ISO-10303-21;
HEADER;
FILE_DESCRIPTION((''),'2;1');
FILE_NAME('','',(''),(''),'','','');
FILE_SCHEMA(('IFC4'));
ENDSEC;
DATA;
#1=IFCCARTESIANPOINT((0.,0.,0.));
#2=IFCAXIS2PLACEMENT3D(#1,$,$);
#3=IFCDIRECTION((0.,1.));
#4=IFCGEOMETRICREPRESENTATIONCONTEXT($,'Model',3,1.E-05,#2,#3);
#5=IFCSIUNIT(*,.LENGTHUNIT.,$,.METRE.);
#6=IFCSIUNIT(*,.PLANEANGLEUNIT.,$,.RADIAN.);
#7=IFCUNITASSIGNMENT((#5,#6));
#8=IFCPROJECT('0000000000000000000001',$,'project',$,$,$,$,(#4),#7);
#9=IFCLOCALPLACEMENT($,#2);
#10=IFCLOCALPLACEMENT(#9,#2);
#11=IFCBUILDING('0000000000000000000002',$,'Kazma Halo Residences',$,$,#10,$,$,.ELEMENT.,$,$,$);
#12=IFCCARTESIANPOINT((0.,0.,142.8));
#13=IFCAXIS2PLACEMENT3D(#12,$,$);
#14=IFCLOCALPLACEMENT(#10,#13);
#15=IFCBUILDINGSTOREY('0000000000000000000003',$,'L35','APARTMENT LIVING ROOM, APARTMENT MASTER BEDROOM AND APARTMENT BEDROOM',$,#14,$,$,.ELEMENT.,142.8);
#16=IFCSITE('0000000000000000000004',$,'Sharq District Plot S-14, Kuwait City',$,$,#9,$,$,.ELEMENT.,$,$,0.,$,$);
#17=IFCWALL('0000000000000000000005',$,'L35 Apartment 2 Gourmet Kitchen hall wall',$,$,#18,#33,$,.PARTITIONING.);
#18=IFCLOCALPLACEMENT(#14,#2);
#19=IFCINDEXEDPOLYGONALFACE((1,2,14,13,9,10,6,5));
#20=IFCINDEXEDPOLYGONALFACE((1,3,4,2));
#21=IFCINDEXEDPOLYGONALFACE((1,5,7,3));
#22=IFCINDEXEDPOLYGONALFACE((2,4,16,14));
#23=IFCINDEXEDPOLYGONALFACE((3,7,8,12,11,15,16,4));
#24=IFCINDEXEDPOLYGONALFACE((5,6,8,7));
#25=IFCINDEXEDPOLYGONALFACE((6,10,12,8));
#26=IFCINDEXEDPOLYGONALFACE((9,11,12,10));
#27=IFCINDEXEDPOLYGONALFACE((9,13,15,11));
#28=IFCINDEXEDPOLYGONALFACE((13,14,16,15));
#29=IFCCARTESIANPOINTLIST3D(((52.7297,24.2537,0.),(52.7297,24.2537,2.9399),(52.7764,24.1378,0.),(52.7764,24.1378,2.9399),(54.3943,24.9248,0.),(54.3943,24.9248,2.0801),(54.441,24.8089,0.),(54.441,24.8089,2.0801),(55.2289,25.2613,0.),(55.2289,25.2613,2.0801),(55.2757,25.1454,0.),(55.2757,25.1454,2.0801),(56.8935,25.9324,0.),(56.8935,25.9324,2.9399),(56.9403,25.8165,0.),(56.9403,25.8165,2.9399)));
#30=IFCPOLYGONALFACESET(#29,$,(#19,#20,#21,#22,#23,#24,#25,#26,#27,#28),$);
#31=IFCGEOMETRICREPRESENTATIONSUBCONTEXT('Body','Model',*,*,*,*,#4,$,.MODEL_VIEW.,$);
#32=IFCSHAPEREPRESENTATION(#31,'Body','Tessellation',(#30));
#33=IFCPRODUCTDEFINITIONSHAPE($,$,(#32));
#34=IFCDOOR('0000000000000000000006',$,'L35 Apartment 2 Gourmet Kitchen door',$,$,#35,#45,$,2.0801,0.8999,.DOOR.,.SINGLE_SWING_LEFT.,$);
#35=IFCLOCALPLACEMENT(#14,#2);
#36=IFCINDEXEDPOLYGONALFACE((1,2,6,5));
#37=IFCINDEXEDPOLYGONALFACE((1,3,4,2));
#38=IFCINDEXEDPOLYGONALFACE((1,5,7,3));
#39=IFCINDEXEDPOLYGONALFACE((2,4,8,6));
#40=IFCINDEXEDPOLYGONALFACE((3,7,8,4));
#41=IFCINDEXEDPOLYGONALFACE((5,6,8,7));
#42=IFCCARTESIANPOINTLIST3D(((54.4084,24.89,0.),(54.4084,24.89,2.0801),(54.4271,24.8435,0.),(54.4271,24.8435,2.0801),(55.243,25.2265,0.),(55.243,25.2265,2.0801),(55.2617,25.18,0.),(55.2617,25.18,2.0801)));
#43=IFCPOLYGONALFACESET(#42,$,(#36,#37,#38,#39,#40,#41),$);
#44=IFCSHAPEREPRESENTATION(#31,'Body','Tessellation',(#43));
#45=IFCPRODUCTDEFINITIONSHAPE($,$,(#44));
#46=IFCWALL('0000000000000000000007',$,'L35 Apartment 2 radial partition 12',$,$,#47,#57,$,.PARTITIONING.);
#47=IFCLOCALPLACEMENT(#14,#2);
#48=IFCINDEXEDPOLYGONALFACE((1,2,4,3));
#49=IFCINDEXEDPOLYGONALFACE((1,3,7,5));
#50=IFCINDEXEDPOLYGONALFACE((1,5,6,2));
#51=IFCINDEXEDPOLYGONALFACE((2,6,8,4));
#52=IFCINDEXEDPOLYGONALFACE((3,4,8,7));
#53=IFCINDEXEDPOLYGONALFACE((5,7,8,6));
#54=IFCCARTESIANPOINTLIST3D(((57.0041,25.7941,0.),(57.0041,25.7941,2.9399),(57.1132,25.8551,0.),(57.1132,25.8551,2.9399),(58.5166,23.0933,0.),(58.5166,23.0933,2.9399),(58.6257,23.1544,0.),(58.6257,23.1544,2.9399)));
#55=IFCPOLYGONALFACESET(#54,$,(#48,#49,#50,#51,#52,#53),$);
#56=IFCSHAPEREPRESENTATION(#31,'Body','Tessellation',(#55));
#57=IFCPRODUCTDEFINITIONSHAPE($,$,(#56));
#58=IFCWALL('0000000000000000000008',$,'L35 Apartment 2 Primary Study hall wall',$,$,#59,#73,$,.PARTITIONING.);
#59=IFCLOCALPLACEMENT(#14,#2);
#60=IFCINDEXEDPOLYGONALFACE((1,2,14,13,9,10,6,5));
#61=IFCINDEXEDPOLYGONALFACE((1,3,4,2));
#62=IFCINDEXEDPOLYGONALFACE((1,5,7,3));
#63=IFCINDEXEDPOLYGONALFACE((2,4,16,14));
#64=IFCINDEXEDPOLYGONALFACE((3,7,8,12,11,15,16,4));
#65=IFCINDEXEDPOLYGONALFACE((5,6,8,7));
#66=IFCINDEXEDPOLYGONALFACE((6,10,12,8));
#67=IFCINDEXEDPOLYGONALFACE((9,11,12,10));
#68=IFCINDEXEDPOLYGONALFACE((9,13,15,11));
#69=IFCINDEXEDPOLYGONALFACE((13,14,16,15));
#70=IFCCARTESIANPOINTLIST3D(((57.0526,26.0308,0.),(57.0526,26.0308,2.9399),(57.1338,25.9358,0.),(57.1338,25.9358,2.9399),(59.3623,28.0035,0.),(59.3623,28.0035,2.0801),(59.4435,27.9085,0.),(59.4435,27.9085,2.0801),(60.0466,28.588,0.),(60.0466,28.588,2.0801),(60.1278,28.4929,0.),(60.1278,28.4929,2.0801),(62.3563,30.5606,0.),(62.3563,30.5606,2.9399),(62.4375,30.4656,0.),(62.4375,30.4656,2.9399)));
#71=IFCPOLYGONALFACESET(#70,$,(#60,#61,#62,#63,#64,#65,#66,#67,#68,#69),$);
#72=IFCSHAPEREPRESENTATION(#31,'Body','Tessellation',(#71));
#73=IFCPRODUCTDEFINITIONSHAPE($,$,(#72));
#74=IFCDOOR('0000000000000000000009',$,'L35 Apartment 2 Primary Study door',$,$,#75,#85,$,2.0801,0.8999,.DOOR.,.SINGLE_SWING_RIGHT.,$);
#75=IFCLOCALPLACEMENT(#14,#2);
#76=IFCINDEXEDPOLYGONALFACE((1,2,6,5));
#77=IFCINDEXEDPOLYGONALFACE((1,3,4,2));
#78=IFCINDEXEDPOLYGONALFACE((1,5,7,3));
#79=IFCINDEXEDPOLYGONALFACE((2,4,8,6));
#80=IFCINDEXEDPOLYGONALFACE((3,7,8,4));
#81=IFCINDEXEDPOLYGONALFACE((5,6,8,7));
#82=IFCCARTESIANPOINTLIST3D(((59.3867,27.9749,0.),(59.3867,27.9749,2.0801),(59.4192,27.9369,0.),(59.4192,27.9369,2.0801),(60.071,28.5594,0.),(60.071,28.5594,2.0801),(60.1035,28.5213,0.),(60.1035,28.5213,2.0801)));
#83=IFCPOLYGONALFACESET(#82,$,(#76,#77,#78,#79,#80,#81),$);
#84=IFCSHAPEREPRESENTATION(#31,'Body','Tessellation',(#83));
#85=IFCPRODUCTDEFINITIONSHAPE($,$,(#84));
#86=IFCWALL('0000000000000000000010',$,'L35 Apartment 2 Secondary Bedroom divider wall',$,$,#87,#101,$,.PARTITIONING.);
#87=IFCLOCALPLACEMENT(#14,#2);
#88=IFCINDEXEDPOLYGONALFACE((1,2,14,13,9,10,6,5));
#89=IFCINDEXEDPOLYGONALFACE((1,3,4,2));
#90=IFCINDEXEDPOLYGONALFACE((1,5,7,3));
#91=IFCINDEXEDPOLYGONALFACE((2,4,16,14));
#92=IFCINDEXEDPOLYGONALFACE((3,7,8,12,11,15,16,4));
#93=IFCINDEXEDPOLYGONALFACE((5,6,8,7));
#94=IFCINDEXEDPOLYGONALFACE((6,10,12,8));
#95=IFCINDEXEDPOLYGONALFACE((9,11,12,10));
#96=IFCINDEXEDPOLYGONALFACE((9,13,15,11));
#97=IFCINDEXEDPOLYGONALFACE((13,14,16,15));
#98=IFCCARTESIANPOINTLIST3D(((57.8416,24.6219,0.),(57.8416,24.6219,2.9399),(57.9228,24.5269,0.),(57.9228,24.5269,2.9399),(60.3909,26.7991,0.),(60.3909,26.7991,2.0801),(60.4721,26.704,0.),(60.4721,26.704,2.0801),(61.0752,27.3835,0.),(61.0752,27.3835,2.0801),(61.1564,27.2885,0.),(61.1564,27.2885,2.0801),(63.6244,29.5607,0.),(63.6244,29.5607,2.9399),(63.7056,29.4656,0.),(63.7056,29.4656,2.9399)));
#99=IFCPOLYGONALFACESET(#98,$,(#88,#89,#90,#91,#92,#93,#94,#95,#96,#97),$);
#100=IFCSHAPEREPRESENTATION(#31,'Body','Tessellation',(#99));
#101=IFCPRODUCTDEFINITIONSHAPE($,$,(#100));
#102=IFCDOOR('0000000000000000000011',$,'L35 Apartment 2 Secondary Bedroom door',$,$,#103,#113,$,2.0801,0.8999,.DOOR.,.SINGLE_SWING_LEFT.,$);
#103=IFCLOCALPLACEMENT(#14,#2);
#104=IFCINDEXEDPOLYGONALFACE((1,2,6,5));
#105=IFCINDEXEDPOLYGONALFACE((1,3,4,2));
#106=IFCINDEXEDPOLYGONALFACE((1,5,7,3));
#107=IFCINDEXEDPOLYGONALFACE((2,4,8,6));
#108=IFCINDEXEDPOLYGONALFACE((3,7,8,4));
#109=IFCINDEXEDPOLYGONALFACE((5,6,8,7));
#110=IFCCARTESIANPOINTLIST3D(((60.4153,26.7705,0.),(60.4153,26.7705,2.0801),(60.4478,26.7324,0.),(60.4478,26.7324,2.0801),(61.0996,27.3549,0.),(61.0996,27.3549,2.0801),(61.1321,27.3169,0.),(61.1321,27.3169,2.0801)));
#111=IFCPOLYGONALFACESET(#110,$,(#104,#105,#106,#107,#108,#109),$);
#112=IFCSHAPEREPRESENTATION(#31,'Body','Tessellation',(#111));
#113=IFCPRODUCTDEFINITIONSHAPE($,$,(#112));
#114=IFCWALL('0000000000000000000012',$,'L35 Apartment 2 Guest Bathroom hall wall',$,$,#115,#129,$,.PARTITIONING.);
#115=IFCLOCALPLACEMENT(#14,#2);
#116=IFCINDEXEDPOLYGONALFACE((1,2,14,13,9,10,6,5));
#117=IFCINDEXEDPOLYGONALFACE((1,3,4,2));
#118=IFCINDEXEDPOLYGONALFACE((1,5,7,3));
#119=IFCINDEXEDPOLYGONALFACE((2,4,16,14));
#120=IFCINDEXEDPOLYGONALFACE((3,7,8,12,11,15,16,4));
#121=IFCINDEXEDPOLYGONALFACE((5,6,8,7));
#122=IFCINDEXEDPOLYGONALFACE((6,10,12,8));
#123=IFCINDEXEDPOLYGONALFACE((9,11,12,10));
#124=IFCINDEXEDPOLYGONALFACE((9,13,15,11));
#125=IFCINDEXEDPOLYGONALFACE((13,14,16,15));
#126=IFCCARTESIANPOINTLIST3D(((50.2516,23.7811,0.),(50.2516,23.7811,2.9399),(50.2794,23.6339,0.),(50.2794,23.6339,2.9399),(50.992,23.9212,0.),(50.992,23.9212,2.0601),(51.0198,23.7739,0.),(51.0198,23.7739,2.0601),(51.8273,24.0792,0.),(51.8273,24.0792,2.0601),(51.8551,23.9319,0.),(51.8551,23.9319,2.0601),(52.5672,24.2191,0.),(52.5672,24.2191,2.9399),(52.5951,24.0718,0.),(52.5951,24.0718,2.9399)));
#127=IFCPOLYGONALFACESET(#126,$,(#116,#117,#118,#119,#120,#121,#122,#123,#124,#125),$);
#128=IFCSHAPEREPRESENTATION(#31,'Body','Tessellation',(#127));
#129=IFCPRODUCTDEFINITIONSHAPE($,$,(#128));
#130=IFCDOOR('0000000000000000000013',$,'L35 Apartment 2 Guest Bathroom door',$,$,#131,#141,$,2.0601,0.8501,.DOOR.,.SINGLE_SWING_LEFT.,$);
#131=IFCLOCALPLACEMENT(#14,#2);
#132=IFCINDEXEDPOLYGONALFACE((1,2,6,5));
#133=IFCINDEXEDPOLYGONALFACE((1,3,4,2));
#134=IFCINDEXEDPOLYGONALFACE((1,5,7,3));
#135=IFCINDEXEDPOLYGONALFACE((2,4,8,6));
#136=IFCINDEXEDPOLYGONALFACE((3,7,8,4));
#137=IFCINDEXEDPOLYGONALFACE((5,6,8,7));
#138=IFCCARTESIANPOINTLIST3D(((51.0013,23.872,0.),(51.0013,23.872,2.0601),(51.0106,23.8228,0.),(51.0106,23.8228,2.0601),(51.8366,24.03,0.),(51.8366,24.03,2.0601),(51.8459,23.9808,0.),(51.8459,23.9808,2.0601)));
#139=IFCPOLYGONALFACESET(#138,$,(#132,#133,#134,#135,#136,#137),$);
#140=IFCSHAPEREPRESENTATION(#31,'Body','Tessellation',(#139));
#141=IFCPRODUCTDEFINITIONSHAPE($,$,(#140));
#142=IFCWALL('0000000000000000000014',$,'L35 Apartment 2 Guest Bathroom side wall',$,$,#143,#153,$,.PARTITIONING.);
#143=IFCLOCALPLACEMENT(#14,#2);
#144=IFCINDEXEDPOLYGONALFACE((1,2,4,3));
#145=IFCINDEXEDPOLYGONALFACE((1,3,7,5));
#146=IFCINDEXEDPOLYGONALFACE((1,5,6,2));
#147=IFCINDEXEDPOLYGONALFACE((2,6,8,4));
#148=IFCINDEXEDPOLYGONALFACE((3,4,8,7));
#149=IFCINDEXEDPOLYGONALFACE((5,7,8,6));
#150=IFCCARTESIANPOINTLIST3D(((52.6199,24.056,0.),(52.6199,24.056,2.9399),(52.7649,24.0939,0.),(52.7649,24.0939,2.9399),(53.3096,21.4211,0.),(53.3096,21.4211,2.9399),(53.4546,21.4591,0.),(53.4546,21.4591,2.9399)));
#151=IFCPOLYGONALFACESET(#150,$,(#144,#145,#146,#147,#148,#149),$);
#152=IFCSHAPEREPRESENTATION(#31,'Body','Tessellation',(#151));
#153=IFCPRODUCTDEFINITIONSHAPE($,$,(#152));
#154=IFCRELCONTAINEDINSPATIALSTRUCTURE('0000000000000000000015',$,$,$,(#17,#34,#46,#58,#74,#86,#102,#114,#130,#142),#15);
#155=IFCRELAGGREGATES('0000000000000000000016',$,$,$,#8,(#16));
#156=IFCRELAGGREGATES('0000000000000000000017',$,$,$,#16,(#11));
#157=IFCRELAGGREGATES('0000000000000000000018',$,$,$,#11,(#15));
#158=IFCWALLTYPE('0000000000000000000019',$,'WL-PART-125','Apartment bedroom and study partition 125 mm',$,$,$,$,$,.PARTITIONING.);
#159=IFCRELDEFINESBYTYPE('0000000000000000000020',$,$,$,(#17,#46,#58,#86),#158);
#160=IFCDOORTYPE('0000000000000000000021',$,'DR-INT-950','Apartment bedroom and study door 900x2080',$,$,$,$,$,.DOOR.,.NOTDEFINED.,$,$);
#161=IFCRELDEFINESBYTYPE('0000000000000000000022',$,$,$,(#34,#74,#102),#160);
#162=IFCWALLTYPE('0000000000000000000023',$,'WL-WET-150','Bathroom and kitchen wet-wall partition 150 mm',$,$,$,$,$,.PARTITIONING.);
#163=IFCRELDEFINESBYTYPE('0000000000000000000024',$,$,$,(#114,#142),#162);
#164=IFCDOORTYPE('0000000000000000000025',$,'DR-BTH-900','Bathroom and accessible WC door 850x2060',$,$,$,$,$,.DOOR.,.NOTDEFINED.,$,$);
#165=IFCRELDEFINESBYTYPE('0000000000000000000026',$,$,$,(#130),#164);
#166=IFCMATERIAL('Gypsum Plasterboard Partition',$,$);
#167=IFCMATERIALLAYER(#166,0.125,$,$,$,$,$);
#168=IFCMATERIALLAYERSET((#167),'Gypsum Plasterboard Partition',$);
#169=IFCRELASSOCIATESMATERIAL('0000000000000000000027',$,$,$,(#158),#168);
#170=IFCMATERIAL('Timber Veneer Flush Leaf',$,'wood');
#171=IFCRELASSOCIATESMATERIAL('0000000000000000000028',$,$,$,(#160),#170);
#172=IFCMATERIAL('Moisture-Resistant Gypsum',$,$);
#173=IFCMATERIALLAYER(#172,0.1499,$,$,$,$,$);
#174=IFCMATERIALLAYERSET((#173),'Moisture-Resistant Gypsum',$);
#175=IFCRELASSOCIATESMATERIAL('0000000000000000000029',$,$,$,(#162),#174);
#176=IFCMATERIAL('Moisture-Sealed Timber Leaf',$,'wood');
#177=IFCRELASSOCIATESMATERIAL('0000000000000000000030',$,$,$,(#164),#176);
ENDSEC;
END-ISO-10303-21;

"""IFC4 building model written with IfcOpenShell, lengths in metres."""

from ifc_helpers import new_model, si_unit, direction, frame, frame_2d, origin, place, context, subcontext, project, spatial, rectangle, extrude, material, layer, layer_set, type_object, element, fill, save


model = new_model("IFC4")

# Units and contexts
model_context = context("Model", 3, precision=1e-05, world=origin(), true_north=direction((0.0, 1.0)))
body_context = subcontext(model_context, "Body", "Model", "MODEL_VIEW")
ifc_project = project(units=[si_unit("LENGTHUNIT", "METRE"), si_unit("PLANEANGLEUNIT", "RADIAN")], contexts=[model_context])

# Site, building, storey
site_placement = place(None, origin())
site = spatial("IfcSite", under=ifc_project, at=site_placement, Name="Sharq District Plot S-14, Kuwait City", CompositionType="ELEMENT", RefElevation=0.0)
building_placement = place(site_placement, origin())
building = spatial("IfcBuilding", under=site, at=building_placement, Name="Kazma Halo Residences", CompositionType="ELEMENT")
storey_placement = place(building_placement, frame((0.0, 0.0, 142.8)))
storey = spatial("IfcBuildingStorey", under=building, at=storey_placement, Name="L35", Description="APARTMENT LIVING ROOM, APARTMENT MASTER BEDROOM AND APARTMENT BEDROOM", CompositionType="ELEMENT", Elevation=142.8)

# Wall, opening, door
ifc_material_1 = material(Name="Gypsum Plasterboard Partition")
ifc_layer_1 = layer(ifc_material_1, 0.125)
ifc_layer_set_1 = layer_set([ifc_layer_1], Name="Gypsum Plasterboard Partition")
wall_type_1 = type_object("IfcWallType", Name="WL-PART-125", Description="Apartment bedroom and study partition 125 mm", PredefinedType="PARTITIONING", material=ifc_layer_set_1)
wall_1_placement = place(storey_placement, frame((52.7532, 24.1958, 0.0), z_axis=(0.0, 0.0, 1.0), x_axis=(0.927461, 0.373921, 0.0)))
wall_1 = element("IfcWall", 1, at=wall_1_placement, inside=storey, type_object=wall_type_1, Name="L35 Apartment 2 Gourmet Kitchen hall wall", PredefinedType="PARTITIONING", context=body_context, shape_type="SweptSolid", body=[
    extrude(rectangle(XDim=4.4895, YDim=0.125, at=frame_2d((2.2446, 0.0))), origin(), (0.0, 0.0, 1.0), 2.9399),
])
opening_1_placement = place(wall_1_placement, frame((1.7947, 0.0, 0.0)))
opening_1 = element("IfcOpeningElement", 2, at=opening_1_placement, cuts=wall_1, PredefinedType="OPENING", context=body_context, shape_type="SweptSolid", body=[
    extrude(rectangle(XDim=0.8999, YDim=2.0801, at=frame_2d((0.45, 1.04))), frame((0.0, 0.0725, 0.0), z_axis=(0.0, -1.0, 0.0), x_axis=(1.0, 0.0, 0.0)), (0.0, 0.0, 1.0), 0.145),
])
ifc_material_2 = material(Name="Timber Veneer Flush Leaf", Category="wood")
door_type_1 = type_object("IfcDoorType", Name="DR-INT-950", Description="Apartment bedroom and study door 900x2080", OperationType="NOTDEFINED", PredefinedType="DOOR", material=ifc_material_2)
door_1_placement = place(opening_1_placement, origin())
door_1 = element("IfcDoor", 3, at=door_1_placement, inside=storey, type_object=door_type_1, Name="L35 Apartment 2 Gourmet Kitchen door", OperationType="SINGLE_SWING_LEFT", OverallHeight=2.0801, OverallWidth=0.8999, PredefinedType="DOOR", context=body_context, shape_type="SweptSolid", body=[
    extrude(rectangle(XDim=0.8999, YDim=2.0801, at=frame_2d((0.45, 1.04))), frame((0.0, 0.0249, 0.0), z_axis=(0.0, -1.0, 0.0), x_axis=(1.0, 0.0, 0.0)), (0.0, 0.0, 1.0), 0.05),
])
fill(opening_1, door_1)

# Wall
wall_2_placement = place(storey_placement, frame((57.0586, 25.8247, 0.0), z_axis=(0.0, 0.0, 1.0), x_axis=(0.48862, -0.872497, 0.0)))
element("IfcWall", 4, at=wall_2_placement, inside=storey, type_object=wall_type_1, Name="L35 Apartment 2 radial partition 12", PredefinedType="PARTITIONING", context=body_context, shape_type="SweptSolid", body=[
    extrude(rectangle(XDim=3.0955, YDim=0.125, at=frame_2d((1.5479, 0.0))), origin(), (0.0, 0.0, 1.0), 2.9399),
])

# Walls, openings, doors
wall_3_placement = place(storey_placement, frame((57.0933, 25.9834, 0.0), z_axis=(0.0, 0.0, 1.0), x_axis=(0.760407, 0.649447, 0.0)))
wall_3 = element("IfcWall", 5, at=wall_3_placement, inside=storey, type_object=wall_type_1, Name="L35 Apartment 2 Primary Study hall wall", PredefinedType="PARTITIONING", context=body_context, shape_type="SweptSolid", body=[
    extrude(rectangle(XDim=6.9749, YDim=0.125, at=frame_2d((3.4873, 0.0))), origin(), (0.0, 0.0, 1.0), 2.9399),
])
opening_2_placement = place(wall_3_placement, frame((3.0374, 0.0, 0.0)))
opening_2 = element("IfcOpeningElement", 6, at=opening_2_placement, cuts=wall_3, PredefinedType="OPENING", context=body_context, shape_type="SweptSolid", body=[
    extrude(rectangle(XDim=0.8999, YDim=2.0801, at=frame_2d((0.45, 1.04))), frame((0.0, 0.0725, 0.0), z_axis=(0.0, -1.0, 0.0), x_axis=(1.0, 0.0, 0.0)), (0.0, 0.0, 1.0), 0.145),
])
door_2_placement = place(opening_2_placement, origin())
door_2 = element("IfcDoor", 7, at=door_2_placement, inside=storey, type_object=door_type_1, Name="L35 Apartment 2 Primary Study door", OperationType="SINGLE_SWING_RIGHT", OverallHeight=2.0801, OverallWidth=0.8999, PredefinedType="DOOR", context=body_context, shape_type="SweptSolid", body=[
    extrude(rectangle(XDim=0.8999, YDim=2.0801, at=frame_2d((0.45, 1.04))), frame((0.0, 0.0249, 0.0), z_axis=(0.0, -1.0, 0.0), x_axis=(1.0, 0.0, 0.0)), (0.0, 0.0, 1.0), 0.05),
])
fill(opening_2, door_2)
wall_4_placement = place(storey_placement, frame((57.8823, 24.5745, 0.0), z_axis=(0.0, 0.0, 1.0), x_axis=(0.760418, 0.649434, 0.0)))
wall_4 = element("IfcWall", 8, at=wall_4_placement, inside=storey, type_object=wall_type_1, Name="L35 Apartment 2 Secondary Bedroom divider wall", PredefinedType="PARTITIONING", context=body_context, shape_type="SweptSolid", body=[
    extrude(rectangle(XDim=7.6047, YDim=0.125, at=frame_2d((3.8022, 0.0))), origin(), (0.0, 0.0, 1.0), 2.9399),
])
opening_3_placement = place(wall_4_placement, frame((3.3523, 0.0, 0.0)))
opening_3 = element("IfcOpeningElement", 9, at=opening_3_placement, cuts=wall_4, PredefinedType="OPENING", context=body_context, shape_type="SweptSolid", body=[
    extrude(rectangle(XDim=0.8999, YDim=2.0801, at=frame_2d((0.45, 1.04))), frame((0.0, 0.0725, 0.0), z_axis=(0.0, -1.0, 0.0), x_axis=(1.0, 0.0, 0.0)), (0.0, 0.0, 1.0), 0.145),
])
door_3_placement = place(opening_3_placement, origin())
door_3 = element("IfcDoor", 10, at=door_3_placement, inside=storey, type_object=door_type_1, Name="L35 Apartment 2 Secondary Bedroom door", OperationType="SINGLE_SWING_LEFT", OverallHeight=2.0801, OverallWidth=0.8999, PredefinedType="DOOR", context=body_context, shape_type="SweptSolid", body=[
    extrude(rectangle(XDim=0.8999, YDim=2.0801, at=frame_2d((0.45, 1.04))), frame((0.0, 0.0249, 0.0), z_axis=(0.0, -1.0, 0.0), x_axis=(1.0, 0.0, 0.0)), (0.0, 0.0, 1.0), 0.05),
])
fill(opening_3, door_3)
ifc_material_3 = material(Name="Moisture-Resistant Gypsum")
ifc_layer_2 = layer(ifc_material_3, 0.1499)
ifc_layer_set_2 = layer_set([ifc_layer_2], Name="Moisture-Resistant Gypsum")
wall_type_2 = type_object("IfcWallType", Name="WL-WET-150", Description="Bathroom and kitchen wet-wall partition 150 mm", PredefinedType="PARTITIONING", material=ifc_layer_set_2)
wall_5_placement = place(storey_placement, frame((50.2656, 23.7075, 0.0), z_axis=(0.0, 0.0, 1.0), x_axis=(0.982579, 0.185846, 0.0)))
wall_5 = element("IfcWall", 11, at=wall_5_placement, inside=storey, type_object=wall_type_2, Name="L35 Apartment 2 Guest Bathroom hall wall", PredefinedType="PARTITIONING", context=body_context, shape_type="SweptSolid", body=[
    extrude(rectangle(XDim=2.3567, YDim=0.1499, at=frame_2d((1.1782, 0.0))), origin(), (0.0, 0.0, 1.0), 2.9399),
])
opening_4_placement = place(wall_5_placement, frame((0.7534, 0.0, 0.0)))
opening_4 = element("IfcOpeningElement", 12, at=opening_4_placement, cuts=wall_5, PredefinedType="OPENING", context=body_context, shape_type="SweptSolid", body=[
    extrude(rectangle(XDim=0.8501, YDim=2.0601, at=frame_2d((0.425, 1.03))), frame((0.0, 0.085, 0.0), z_axis=(0.0, -1.0, 0.0), x_axis=(1.0, 0.0, 0.0)), (0.0, 0.0, 1.0), 0.1699),
])
ifc_material_4 = material(Name="Moisture-Sealed Timber Leaf", Category="wood")
door_type_2 = type_object("IfcDoorType", Name="DR-BTH-900", Description="Bathroom and accessible WC door 850x2060", OperationType="NOTDEFINED", PredefinedType="DOOR", material=ifc_material_4)
door_4_placement = place(opening_4_placement, origin())
door_4 = element("IfcDoor", 13, at=door_4_placement, inside=storey, type_object=door_type_2, Name="L35 Apartment 2 Guest Bathroom door", OperationType="SINGLE_SWING_LEFT", OverallHeight=2.0601, OverallWidth=0.8501, PredefinedType="DOOR", context=body_context, shape_type="SweptSolid", body=[
    extrude(rectangle(XDim=0.8501, YDim=2.0601, at=frame_2d((0.425, 1.03))), frame((0.0, 0.0249, 0.0), z_axis=(0.0, -1.0, 0.0), x_axis=(1.0, 0.0, 0.0)), (0.0, 0.0, 1.0), 0.05),
])
fill(opening_4, door_4)

# Wall
wall_6_placement = place(storey_placement, frame((52.6924, 24.075, 0.0), z_axis=(0.0, 0.0, 1.0), x_axis=(0.253236, -0.967405, 0.0)))
element("IfcWall", 14, at=wall_6_placement, inside=storey, type_object=wall_type_2, Name="L35 Apartment 2 Guest Bathroom side wall", PredefinedType="PARTITIONING", context=body_context, shape_type="SweptSolid", body=[
    extrude(rectangle(XDim=2.7236, YDim=0.1499, at=frame_2d((1.3618, 0.0))), origin(), (0.0, 0.0, 1.0), 2.9399),
])

save(model, "model.ifc")
